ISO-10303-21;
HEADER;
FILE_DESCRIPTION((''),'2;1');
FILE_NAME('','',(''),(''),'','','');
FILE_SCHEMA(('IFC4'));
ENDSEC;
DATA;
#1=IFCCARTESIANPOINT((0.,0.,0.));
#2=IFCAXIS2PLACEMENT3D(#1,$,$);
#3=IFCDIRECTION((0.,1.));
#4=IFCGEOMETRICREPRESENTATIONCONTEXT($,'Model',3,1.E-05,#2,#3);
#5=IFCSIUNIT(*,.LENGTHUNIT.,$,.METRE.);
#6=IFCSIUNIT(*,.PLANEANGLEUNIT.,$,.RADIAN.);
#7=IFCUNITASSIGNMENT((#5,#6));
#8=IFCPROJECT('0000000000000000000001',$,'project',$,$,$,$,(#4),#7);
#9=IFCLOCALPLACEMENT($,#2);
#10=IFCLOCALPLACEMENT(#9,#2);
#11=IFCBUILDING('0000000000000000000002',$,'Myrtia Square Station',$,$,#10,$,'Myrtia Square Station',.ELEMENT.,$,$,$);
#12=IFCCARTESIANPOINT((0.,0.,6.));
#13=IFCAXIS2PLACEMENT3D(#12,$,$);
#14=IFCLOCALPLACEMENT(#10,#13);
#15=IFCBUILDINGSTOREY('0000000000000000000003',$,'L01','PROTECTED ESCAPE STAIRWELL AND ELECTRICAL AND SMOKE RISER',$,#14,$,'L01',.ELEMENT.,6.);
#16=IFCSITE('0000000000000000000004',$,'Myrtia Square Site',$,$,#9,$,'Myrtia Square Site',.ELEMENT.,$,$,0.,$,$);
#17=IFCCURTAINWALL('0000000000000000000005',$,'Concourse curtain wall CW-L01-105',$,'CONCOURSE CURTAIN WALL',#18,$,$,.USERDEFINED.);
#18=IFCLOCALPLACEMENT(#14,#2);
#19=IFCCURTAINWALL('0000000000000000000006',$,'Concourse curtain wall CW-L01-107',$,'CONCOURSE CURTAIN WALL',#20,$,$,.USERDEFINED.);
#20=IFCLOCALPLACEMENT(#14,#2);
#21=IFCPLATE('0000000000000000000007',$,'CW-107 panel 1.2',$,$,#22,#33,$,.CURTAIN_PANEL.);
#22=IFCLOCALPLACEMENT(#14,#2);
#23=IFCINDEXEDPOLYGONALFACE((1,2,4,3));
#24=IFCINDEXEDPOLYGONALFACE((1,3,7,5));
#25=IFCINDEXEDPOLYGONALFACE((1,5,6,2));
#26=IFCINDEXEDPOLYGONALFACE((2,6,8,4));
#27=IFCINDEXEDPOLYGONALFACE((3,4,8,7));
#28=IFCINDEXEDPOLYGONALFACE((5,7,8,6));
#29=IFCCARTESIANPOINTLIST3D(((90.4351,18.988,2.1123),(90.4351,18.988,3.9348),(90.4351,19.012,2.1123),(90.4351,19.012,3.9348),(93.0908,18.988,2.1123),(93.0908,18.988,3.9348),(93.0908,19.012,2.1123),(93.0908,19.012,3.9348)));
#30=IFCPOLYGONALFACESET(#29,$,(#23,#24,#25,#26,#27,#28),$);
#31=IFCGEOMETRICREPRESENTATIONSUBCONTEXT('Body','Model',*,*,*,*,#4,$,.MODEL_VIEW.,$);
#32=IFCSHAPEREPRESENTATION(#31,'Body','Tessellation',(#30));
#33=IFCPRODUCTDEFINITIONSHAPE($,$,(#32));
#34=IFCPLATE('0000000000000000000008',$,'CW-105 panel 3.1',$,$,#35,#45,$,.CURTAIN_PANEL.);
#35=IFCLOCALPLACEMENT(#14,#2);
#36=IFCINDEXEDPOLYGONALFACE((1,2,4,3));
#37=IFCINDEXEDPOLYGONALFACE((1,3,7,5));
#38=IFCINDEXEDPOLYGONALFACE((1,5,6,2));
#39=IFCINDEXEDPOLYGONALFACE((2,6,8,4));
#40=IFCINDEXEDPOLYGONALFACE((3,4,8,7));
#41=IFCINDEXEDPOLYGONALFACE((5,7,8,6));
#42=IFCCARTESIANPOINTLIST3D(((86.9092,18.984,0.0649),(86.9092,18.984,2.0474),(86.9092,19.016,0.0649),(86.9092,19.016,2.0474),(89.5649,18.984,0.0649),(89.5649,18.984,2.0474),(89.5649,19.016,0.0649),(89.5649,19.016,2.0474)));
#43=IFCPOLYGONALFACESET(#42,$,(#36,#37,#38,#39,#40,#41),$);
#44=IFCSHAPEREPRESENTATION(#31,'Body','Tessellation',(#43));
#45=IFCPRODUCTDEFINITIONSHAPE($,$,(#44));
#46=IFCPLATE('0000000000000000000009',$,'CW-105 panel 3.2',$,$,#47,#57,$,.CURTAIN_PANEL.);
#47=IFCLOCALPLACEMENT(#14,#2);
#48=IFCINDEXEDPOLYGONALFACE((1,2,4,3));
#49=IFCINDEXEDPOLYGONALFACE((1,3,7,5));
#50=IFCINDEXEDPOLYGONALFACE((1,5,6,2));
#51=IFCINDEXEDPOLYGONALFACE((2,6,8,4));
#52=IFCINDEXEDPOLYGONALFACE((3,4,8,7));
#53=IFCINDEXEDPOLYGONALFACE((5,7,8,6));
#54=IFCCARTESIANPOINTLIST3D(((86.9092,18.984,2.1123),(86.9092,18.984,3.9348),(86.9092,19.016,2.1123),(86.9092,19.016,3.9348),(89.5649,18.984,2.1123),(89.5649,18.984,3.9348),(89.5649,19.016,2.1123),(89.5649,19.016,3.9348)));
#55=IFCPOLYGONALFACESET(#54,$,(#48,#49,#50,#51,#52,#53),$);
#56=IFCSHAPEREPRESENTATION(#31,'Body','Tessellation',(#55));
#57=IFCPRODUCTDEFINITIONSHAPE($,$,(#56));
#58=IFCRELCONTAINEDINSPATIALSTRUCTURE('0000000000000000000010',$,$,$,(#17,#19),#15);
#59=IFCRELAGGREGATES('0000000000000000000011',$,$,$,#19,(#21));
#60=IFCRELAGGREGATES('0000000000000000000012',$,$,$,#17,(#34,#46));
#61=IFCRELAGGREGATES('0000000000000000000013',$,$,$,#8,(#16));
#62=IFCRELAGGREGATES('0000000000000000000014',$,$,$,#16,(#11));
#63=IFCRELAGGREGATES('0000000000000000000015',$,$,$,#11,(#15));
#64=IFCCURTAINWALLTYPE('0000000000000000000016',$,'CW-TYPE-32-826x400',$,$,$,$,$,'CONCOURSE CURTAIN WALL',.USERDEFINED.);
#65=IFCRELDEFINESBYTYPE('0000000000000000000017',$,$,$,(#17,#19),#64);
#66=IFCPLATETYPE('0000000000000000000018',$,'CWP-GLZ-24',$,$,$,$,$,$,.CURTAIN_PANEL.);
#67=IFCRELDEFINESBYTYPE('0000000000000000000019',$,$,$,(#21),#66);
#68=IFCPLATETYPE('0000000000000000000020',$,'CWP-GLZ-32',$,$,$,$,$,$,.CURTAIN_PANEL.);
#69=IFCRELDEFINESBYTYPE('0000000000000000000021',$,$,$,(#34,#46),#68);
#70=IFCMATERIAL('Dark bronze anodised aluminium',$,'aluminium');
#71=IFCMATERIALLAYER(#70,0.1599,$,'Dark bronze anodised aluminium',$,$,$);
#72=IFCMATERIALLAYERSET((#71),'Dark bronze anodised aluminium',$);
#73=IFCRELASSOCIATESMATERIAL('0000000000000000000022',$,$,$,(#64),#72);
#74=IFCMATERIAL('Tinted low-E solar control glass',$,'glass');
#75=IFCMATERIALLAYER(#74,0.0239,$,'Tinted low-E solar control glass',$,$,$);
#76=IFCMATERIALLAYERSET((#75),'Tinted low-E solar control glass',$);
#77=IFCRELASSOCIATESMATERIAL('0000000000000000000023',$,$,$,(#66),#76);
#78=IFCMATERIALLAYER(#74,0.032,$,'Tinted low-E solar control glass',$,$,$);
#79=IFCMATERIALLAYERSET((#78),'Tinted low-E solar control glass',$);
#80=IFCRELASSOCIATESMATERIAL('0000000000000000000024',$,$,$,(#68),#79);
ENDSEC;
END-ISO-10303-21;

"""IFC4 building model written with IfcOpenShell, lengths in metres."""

from ifc_helpers import new_model, si_unit, direction, frame, origin, origin_2d, place, context, subcontext, project, spatial, rectangle, extrude, material, layer, layer_set, type_object, element, aggregate, save


model = new_model("IFC4")

# Units and contexts
model_context = context("Model", 3, precision=1e-05, world=origin(), true_north=direction((0.0, 1.0)))
body_context = subcontext(model_context, "Body", "Model", "MODEL_VIEW")
ifc_project = project(units=[si_unit("LENGTHUNIT", "METRE"), si_unit("PLANEANGLEUNIT", "RADIAN")], contexts=[model_context])

# Site, building, storey
site_placement = place(None, origin())
site = spatial("IfcSite", under=ifc_project, at=site_placement, Name="Myrtia Square Site", LongName="Myrtia Square Site", CompositionType="ELEMENT", RefElevation=0.0)
building_placement = place(site_placement, origin())
building = spatial("IfcBuilding", under=site, at=building_placement, Name="Myrtia Square Station", LongName="Myrtia Square Station", CompositionType="ELEMENT")
storey_placement = place(building_placement, frame((0.0, 0.0, 6.0)))
storey = spatial("IfcBuildingStorey", under=building, at=storey_placement, Name="L01", Description="PROTECTED ESCAPE STAIRWELL AND ELECTRICAL AND SMOKE RISER", LongName="L01", CompositionType="ELEMENT", Elevation=6.0)

# Curtain walls
ifc_material_1 = material(Name="Dark bronze anodised aluminium", Category="aluminium")
ifc_layer_1 = layer(ifc_material_1, 0.1599, Name="Dark bronze anodised aluminium")
ifc_layer_set_1 = layer_set([ifc_layer_1], Name="Dark bronze anodised aluminium")
curtain_wall_type = type_object("IfcCurtainWallType", Name="CW-TYPE-32-826x400", ElementType="CONCOURSE CURTAIN WALL", PredefinedType="USERDEFINED", material=ifc_layer_set_1)
curtain_wall_1_placement = place(storey_placement, origin())
curtain_wall_1 = element("IfcCurtainWall", 1, at=curtain_wall_1_placement, inside=storey, type_object=curtain_wall_type, Name="Concourse curtain wall CW-L01-105", ObjectType="CONCOURSE CURTAIN WALL", PredefinedType="USERDEFINED")
curtain_wall_2_placement = place(storey_placement, origin())
curtain_wall_2 = element("IfcCurtainWall", 2, at=curtain_wall_2_placement, inside=storey, type_object=curtain_wall_type, Name="Concourse curtain wall CW-L01-107", ObjectType="CONCOURSE CURTAIN WALL", PredefinedType="USERDEFINED")

# Plates
ifc_material_2 = material(Name="Tinted low-E solar control glass", Category="glass")
ifc_layer_2 = layer(ifc_material_2, 0.0239, Name="Tinted low-E solar control glass")
ifc_layer_set_2 = layer_set([ifc_layer_2], Name="Tinted low-E solar control glass")
plate_type_1 = type_object("IfcPlateType", Name="CWP-GLZ-24", PredefinedType="CURTAIN_PANEL", material=ifc_layer_set_2)
plate_1_placement = place(storey_placement, frame((91.7629, 19.0, 2.1123), z_axis=(0.0, 0.0, 1.0), x_axis=(1.0, 0.0, 0.0)))
plate_1 = element("IfcPlate", 3, at=plate_1_placement, type_object=plate_type_1, Name="CW-107 panel 1.2", PredefinedType="CURTAIN_PANEL", context=body_context, shape_type="SweptSolid", body=[
    extrude(rectangle(XDim=2.6558, YDim=0.0239, at=origin_2d()), origin(), (0.0, 0.0, 1.0), 1.8225),
])
aggregate(curtain_wall_2, [plate_1])
ifc_layer_3 = layer(ifc_material_2, 0.032, Name="Tinted low-E solar control glass")
ifc_layer_set_3 = layer_set([ifc_layer_3], Name="Tinted low-E solar control glass")
plate_type_2 = type_object("IfcPlateType", Name="CWP-GLZ-32", PredefinedType="CURTAIN_PANEL", material=ifc_layer_set_3)
plate_2_placement = place(storey_placement, frame((88.2371, 19.0, 0.0649), z_axis=(0.0, 0.0, 1.0), x_axis=(1.0, 0.0, 0.0)))
plate_2 = element("IfcPlate", 4, at=plate_2_placement, type_object=plate_type_2, Name="CW-105 panel 3.1", PredefinedType="CURTAIN_PANEL", context=body_context, shape_type="SweptSolid", body=[
    extrude(rectangle(XDim=2.6558, YDim=0.032, at=origin_2d()), origin(), (0.0, 0.0, 1.0), 1.9824),
])
plate_3_placement = place(storey_placement, frame((88.2371, 19.0, 2.1123), z_axis=(0.0, 0.0, 1.0), x_axis=(1.0, 0.0, 0.0)))
plate_3 = element("IfcPlate", 5, at=plate_3_placement, type_object=plate_type_2, Name="CW-105 panel 3.2", PredefinedType="CURTAIN_PANEL", context=body_context, shape_type="SweptSolid", body=[
    extrude(rectangle(XDim=2.6558, YDim=0.032, at=origin_2d()), origin(), (0.0, 0.0, 1.0), 1.8225),
])
aggregate(curtain_wall_1, [plate_2, plate_3])

save(model, "model.ifc")
